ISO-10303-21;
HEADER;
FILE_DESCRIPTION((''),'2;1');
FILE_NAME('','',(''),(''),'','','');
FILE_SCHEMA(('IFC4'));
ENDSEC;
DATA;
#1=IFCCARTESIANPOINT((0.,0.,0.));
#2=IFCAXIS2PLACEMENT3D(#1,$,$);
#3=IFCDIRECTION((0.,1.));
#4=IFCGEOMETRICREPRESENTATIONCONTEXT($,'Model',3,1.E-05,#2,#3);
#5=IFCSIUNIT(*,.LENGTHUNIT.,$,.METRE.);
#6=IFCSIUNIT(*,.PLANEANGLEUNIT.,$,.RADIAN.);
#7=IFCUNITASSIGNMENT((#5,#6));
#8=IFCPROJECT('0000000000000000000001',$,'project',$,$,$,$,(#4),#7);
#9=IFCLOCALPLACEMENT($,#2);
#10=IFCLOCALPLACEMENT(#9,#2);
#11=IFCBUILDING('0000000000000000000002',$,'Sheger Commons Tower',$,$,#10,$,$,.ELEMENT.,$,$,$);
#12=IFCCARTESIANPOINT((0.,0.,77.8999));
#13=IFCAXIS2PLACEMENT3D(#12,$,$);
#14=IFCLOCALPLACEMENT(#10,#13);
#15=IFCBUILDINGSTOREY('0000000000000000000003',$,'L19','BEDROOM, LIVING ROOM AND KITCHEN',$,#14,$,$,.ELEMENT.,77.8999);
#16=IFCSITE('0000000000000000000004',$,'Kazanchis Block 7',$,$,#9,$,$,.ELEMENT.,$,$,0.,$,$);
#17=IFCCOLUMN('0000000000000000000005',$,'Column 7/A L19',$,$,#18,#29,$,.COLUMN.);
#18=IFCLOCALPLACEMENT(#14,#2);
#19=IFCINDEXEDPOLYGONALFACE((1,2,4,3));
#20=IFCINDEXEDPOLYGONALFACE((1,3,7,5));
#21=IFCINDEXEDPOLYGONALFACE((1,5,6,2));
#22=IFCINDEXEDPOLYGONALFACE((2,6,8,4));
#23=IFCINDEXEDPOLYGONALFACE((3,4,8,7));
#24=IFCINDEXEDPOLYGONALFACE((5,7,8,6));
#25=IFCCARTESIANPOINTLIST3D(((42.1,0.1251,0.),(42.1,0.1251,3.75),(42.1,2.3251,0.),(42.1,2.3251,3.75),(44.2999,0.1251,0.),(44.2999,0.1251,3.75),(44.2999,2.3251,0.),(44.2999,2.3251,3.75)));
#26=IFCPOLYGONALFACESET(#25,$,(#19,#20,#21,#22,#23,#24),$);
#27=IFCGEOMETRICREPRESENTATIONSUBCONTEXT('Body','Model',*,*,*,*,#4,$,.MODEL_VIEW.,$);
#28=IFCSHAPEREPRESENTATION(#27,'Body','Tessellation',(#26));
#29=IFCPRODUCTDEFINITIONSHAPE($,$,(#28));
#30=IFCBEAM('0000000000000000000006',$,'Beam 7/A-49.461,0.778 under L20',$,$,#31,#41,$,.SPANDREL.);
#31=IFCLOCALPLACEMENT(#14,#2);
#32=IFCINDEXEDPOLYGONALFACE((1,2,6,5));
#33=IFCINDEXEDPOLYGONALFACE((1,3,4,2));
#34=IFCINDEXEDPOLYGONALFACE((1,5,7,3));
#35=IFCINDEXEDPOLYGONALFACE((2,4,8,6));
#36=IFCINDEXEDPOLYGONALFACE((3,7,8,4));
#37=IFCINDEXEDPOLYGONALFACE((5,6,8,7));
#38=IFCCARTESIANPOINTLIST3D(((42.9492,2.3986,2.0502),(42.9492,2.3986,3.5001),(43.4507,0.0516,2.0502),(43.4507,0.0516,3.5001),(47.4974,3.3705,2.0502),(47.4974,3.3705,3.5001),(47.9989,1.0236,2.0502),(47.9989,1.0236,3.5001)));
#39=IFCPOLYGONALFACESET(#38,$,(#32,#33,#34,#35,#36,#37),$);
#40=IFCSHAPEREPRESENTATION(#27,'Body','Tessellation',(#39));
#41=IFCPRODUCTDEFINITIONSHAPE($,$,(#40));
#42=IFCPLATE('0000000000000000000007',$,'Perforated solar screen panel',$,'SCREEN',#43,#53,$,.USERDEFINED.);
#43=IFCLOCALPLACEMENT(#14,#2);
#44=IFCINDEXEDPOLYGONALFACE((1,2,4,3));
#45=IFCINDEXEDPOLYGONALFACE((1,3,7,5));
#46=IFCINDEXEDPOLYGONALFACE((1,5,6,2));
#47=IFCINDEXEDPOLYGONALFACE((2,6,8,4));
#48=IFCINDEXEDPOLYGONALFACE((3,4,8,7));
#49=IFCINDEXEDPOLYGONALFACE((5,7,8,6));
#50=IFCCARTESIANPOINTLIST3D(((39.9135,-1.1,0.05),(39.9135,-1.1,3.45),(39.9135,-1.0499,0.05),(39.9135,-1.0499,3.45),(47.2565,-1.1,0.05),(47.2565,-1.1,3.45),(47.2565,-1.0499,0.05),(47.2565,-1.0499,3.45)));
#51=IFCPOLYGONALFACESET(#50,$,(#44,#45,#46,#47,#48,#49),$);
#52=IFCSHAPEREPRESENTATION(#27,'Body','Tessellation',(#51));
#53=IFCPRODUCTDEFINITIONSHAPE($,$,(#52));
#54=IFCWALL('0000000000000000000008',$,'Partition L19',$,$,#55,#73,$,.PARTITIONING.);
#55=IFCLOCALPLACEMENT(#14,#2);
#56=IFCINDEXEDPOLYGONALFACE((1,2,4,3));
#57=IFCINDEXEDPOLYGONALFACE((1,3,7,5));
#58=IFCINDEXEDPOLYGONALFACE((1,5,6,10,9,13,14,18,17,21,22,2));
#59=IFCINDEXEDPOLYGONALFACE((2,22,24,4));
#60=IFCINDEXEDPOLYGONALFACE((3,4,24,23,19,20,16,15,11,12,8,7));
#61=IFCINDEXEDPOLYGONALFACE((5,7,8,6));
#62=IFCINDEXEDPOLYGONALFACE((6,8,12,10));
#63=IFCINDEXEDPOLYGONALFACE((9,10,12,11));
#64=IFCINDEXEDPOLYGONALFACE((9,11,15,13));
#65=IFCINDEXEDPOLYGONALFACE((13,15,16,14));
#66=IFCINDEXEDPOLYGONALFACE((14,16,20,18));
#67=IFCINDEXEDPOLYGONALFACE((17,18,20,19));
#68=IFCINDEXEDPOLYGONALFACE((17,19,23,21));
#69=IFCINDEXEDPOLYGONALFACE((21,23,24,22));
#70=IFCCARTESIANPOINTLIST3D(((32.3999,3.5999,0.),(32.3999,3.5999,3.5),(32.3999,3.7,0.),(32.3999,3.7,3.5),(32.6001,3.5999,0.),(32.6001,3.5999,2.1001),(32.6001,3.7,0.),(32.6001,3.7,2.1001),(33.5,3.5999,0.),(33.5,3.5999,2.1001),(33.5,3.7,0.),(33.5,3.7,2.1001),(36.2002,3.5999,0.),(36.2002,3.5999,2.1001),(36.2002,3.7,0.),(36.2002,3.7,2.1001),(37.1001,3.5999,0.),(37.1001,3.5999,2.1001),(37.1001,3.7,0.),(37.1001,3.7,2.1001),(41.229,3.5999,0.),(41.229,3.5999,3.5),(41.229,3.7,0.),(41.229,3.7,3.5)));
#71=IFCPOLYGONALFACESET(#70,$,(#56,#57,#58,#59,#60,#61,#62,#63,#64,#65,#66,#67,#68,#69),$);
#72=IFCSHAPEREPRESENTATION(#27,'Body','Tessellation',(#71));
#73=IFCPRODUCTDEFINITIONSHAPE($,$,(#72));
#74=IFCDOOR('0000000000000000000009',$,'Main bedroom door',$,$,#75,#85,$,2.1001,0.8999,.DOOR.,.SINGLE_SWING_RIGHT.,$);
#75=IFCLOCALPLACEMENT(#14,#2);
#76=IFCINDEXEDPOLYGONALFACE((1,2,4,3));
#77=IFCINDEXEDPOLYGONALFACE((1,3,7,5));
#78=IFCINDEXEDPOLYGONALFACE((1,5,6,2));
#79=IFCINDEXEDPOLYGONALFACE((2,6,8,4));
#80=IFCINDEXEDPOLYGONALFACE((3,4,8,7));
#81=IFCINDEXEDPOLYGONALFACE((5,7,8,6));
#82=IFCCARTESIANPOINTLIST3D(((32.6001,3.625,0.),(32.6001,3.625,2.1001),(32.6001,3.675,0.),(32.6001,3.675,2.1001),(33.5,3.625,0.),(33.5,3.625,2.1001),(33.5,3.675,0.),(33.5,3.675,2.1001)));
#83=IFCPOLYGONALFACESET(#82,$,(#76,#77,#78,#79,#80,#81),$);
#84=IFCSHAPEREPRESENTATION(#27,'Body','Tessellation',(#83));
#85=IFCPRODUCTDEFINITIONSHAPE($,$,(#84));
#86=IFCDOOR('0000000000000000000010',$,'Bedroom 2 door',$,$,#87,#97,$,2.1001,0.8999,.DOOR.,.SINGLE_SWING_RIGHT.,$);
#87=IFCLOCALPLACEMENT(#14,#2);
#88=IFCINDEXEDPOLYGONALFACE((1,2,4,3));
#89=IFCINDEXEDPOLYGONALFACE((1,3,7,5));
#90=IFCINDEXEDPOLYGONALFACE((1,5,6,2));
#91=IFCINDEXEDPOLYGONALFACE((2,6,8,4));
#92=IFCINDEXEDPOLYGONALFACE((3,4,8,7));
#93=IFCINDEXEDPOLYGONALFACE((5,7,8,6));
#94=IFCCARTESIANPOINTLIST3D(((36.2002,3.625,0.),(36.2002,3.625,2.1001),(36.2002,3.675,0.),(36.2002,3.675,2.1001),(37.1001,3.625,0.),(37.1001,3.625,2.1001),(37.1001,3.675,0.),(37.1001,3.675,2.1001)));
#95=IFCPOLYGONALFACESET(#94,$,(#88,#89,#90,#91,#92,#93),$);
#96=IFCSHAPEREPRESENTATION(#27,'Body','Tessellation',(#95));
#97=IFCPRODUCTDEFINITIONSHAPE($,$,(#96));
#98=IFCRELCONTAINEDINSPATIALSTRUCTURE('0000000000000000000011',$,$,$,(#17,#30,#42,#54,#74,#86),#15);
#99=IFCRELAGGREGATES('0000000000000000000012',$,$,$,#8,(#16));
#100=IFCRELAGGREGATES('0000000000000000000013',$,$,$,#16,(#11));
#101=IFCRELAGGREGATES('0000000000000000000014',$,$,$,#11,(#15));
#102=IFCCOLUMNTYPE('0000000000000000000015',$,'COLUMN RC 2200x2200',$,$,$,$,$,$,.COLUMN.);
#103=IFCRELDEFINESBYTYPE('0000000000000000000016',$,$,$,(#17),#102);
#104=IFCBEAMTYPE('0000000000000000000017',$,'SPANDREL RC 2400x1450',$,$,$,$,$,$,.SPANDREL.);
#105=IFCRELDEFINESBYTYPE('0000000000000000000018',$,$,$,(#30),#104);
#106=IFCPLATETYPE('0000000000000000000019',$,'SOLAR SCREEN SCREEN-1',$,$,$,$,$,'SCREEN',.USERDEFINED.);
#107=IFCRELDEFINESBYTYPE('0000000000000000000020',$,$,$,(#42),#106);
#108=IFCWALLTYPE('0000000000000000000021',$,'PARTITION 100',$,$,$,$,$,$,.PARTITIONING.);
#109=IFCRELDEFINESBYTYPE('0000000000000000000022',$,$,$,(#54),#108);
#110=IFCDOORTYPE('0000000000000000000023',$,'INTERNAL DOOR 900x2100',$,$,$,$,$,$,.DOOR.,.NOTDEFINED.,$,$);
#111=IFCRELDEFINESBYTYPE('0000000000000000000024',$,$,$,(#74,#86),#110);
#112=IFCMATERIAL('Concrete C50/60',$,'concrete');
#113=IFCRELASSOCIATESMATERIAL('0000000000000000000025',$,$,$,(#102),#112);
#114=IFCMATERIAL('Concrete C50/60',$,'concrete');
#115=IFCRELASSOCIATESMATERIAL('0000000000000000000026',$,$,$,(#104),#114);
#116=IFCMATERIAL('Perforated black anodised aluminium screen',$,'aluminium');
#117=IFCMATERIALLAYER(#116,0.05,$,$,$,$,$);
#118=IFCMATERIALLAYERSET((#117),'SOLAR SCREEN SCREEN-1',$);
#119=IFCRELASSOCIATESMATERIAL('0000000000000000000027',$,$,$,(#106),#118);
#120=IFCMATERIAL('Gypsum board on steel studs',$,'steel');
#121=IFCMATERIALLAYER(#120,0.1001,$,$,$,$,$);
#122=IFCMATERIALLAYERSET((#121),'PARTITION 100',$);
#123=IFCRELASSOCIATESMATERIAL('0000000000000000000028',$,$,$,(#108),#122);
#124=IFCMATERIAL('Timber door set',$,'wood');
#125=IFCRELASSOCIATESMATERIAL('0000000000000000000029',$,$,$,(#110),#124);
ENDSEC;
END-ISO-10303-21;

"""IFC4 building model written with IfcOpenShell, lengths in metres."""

from ifc_helpers import new_model, si_unit, direction, frame, frame_2d, origin, origin_2d, place, context, subcontext, project, spatial, rectangle, extrude, material, layer, layer_set, material_profile, profile_set, type_object, element, fill, save


model = new_model("IFC4")

# Units and contexts
model_context = context("Model", 3, precision=1e-05, world=origin(), true_north=direction((0.0, 1.0)))
body_context = subcontext(model_context, "Body", "Model", "MODEL_VIEW")
ifc_project = project(units=[si_unit("LENGTHUNIT", "METRE"), si_unit("PLANEANGLEUNIT", "RADIAN")], contexts=[model_context])

# Site, building, storey
site_placement = place(None, origin())
site = spatial("IfcSite", under=ifc_project, at=site_placement, Name="Kazanchis Block 7", CompositionType="ELEMENT", RefElevation=0.0)
building_placement = place(site_placement, origin())
building = spatial("IfcBuilding", under=site, at=building_placement, Name="Sheger Commons Tower", CompositionType="ELEMENT")
storey_placement = place(building_placement, frame((0.0, 0.0, 77.8999)))
storey = spatial("IfcBuildingStorey", under=building, at=storey_placement, Name="L19", Description="BEDROOM, LIVING ROOM AND KITCHEN", CompositionType="ELEMENT", Elevation=77.8999)

# Column
ifc_material_1 = material(Name="Concrete C50/60", Category="concrete")
ifc_material_profile_1 = material_profile(ifc_material_1, rectangle(XDim=2.2, YDim=2.2, at=origin_2d()), Name="RC 2200x2200")
ifc_profile_set_1 = profile_set([ifc_material_profile_1], Name="Concrete C50/60")
column_type = type_object("IfcColumnType", Name="COLUMN RC 2200x2200", PredefinedType="COLUMN", material=ifc_profile_set_1)
column_placement = place(storey_placement, frame((43.2, 1.2251, 0.0), z_axis=(0.0, 0.0, 1.0), x_axis=(1.0, 0.0, 0.0)))
element("IfcColumn", 1, at=column_placement, inside=storey, type_object=column_type, Name="Column 7/A L19", PredefinedType="COLUMN", context=body_context, shape_type="SweptSolid", body=[
    extrude(rectangle(XDim=2.2, YDim=2.2, at=origin_2d()), origin(), (0.0, 0.0, 1.0), 3.75),
])

# Beam
ifc_material_2 = material(Name="Concrete C50/60", Category="concrete")
ifc_material_profile_2 = material_profile(ifc_material_2, rectangle(XDim=2.3999, YDim=1.45, at=origin_2d()), Name="RC 2400x1450")
ifc_profile_set_2 = profile_set([ifc_material_profile_2], Name="Concrete C50/60")
beam_type = type_object("IfcBeamType", Name="SPANDREL RC 2400x1450", PredefinedType="SPANDREL", material=ifc_profile_set_2)
beam_placement = place(storey_placement, frame((43.2, 1.2251, 2.7751), z_axis=(0.97792, 0.208981, 0.0), x_axis=(-0.208981, 0.97792, 0.0)))
element("IfcBeam", 2, at=beam_placement, inside=storey, type_object=beam_type, Name="Beam 7/A-49.461,0.778 under L20", PredefinedType="SPANDREL", context=body_context, shape_type="SweptSolid", body=[
    extrude(rectangle(XDim=2.3999, YDim=1.45, at=origin_2d()), origin(), (0.0, 0.0, 1.0), 4.6509),
])

# Plate
ifc_material_3 = material(Name="Perforated black anodised aluminium screen", Category="aluminium")
ifc_layer_1 = layer(ifc_material_3, 0.05)
ifc_layer_set_1 = layer_set([ifc_layer_1], Name="SOLAR SCREEN SCREEN-1")
plate_type = type_object("IfcPlateType", Name="SOLAR SCREEN SCREEN-1", ElementType="SCREEN", PredefinedType="USERDEFINED", material=ifc_layer_set_1)
plate_placement = place(storey_placement, frame((43.585, -1.075, 0.05), z_axis=(0.0, 0.0, 1.0), x_axis=(1.0, 0.0, 0.0)))
element("IfcPlate", 3, at=plate_placement, inside=storey, type_object=plate_type, Name="Perforated solar screen panel", ObjectType="SCREEN", PredefinedType="USERDEFINED", context=body_context, shape_type="SweptSolid", body=[
    extrude(rectangle(XDim=7.343, YDim=0.05, at=origin_2d()), origin(), (0.0, 0.0, 1.0), 3.3999),
])

# Wall, openings, doors
ifc_material_4 = material(Name="Gypsum board on steel studs", Category="steel")
ifc_layer_2 = layer(ifc_material_4, 0.1001)
ifc_layer_set_2 = layer_set([ifc_layer_2], Name="PARTITION 100")
wall_type = type_object("IfcWallType", Name="PARTITION 100", PredefinedType="PARTITIONING", material=ifc_layer_set_2)
wall_1_placement = place(storey_placement, frame((41.229, 3.6499, 0.0), z_axis=(0.0, 0.0, 1.0), x_axis=(-1.0, 0.0, 0.0)))
wall_1 = element("IfcWall", 4, at=wall_1_placement, inside=storey, type_object=wall_type, Name="Partition L19", PredefinedType="PARTITIONING", context=body_context, shape_type="SweptSolid", body=[
    extrude(rectangle(XDim=8.8291, YDim=0.1001, at=frame_2d((4.4146, 0.0))), origin(), (0.0, 0.0, 1.0), 3.5),
])
opening_1_placement = place(wall_1_placement, frame((7.729, 0.0, 0.0)))
opening_1 = element("IfcOpeningElement", 5, at=opening_1_placement, cuts=wall_1, PredefinedType="OPENING", context=body_context, shape_type="SweptSolid", body=[
    extrude(rectangle(XDim=0.8999, YDim=2.1001, at=frame_2d((0.45, 1.05))), frame((0.0, 0.0601, 0.0), z_axis=(0.0, -1.0, 0.0), x_axis=(1.0, 0.0, 0.0)), (0.0, 0.0, 1.0), 0.1201),
])
opening_2_placement = place(wall_1_placement, frame((4.1289, 0.0, 0.0)))
opening_2 = element("IfcOpeningElement", 6, at=opening_2_placement, cuts=wall_1, PredefinedType="OPENING", context=body_context, shape_type="SweptSolid", body=[
    extrude(rectangle(XDim=0.8999, YDim=2.1001, at=frame_2d((0.45, 1.05))), frame((0.0, 0.0601, 0.0), z_axis=(0.0, -1.0, 0.0), x_axis=(1.0, 0.0, 0.0)), (0.0, 0.0, 1.0), 0.1201),
])
ifc_material_5 = material(Name="Timber door set", Category="wood")
door_type = type_object("IfcDoorType", Name="INTERNAL DOOR 900x2100", OperationType="NOTDEFINED", PredefinedType="DOOR", material=ifc_material_5)
door_1_placement = place(opening_1_placement, origin())
door_1 = element("IfcDoor", 7, at=door_1_placement, inside=storey, type_object=door_type, Name="Main bedroom door", OperationType="SINGLE_SWING_RIGHT", OverallHeight=2.1001, OverallWidth=0.8999, PredefinedType="DOOR", context=body_context, shape_type="SweptSolid", body=[
    extrude(rectangle(XDim=0.8999, YDim=2.1001, at=frame_2d((0.45, 1.05))), frame((0.0, 0.0249, 0.0), z_axis=(0.0, -1.0, 0.0), x_axis=(1.0, 0.0, 0.0)), (0.0, 0.0, 1.0), 0.05),
])
fill(opening_1, door_1)
door_2_placement = place(opening_2_placement, origin())
door_2 = element("IfcDoor", 8, at=door_2_placement, inside=storey, type_object=door_type, Name="Bedroom 2 door", OperationType="SINGLE_SWING_RIGHT", OverallHeight=2.1001, OverallWidth=0.8999, PredefinedType="DOOR", context=body_context, shape_type="SweptSolid", body=[
    extrude(rectangle(XDim=0.8999, YDim=2.1001, at=frame_2d((0.45, 1.05))), frame((0.0, 0.0249, 0.0), z_axis=(0.0, -1.0, 0.0), x_axis=(1.0, 0.0, 0.0)), (0.0, 0.0, 1.0), 0.05),
])
fill(opening_2, door_2)

save(model, "model.ifc")
